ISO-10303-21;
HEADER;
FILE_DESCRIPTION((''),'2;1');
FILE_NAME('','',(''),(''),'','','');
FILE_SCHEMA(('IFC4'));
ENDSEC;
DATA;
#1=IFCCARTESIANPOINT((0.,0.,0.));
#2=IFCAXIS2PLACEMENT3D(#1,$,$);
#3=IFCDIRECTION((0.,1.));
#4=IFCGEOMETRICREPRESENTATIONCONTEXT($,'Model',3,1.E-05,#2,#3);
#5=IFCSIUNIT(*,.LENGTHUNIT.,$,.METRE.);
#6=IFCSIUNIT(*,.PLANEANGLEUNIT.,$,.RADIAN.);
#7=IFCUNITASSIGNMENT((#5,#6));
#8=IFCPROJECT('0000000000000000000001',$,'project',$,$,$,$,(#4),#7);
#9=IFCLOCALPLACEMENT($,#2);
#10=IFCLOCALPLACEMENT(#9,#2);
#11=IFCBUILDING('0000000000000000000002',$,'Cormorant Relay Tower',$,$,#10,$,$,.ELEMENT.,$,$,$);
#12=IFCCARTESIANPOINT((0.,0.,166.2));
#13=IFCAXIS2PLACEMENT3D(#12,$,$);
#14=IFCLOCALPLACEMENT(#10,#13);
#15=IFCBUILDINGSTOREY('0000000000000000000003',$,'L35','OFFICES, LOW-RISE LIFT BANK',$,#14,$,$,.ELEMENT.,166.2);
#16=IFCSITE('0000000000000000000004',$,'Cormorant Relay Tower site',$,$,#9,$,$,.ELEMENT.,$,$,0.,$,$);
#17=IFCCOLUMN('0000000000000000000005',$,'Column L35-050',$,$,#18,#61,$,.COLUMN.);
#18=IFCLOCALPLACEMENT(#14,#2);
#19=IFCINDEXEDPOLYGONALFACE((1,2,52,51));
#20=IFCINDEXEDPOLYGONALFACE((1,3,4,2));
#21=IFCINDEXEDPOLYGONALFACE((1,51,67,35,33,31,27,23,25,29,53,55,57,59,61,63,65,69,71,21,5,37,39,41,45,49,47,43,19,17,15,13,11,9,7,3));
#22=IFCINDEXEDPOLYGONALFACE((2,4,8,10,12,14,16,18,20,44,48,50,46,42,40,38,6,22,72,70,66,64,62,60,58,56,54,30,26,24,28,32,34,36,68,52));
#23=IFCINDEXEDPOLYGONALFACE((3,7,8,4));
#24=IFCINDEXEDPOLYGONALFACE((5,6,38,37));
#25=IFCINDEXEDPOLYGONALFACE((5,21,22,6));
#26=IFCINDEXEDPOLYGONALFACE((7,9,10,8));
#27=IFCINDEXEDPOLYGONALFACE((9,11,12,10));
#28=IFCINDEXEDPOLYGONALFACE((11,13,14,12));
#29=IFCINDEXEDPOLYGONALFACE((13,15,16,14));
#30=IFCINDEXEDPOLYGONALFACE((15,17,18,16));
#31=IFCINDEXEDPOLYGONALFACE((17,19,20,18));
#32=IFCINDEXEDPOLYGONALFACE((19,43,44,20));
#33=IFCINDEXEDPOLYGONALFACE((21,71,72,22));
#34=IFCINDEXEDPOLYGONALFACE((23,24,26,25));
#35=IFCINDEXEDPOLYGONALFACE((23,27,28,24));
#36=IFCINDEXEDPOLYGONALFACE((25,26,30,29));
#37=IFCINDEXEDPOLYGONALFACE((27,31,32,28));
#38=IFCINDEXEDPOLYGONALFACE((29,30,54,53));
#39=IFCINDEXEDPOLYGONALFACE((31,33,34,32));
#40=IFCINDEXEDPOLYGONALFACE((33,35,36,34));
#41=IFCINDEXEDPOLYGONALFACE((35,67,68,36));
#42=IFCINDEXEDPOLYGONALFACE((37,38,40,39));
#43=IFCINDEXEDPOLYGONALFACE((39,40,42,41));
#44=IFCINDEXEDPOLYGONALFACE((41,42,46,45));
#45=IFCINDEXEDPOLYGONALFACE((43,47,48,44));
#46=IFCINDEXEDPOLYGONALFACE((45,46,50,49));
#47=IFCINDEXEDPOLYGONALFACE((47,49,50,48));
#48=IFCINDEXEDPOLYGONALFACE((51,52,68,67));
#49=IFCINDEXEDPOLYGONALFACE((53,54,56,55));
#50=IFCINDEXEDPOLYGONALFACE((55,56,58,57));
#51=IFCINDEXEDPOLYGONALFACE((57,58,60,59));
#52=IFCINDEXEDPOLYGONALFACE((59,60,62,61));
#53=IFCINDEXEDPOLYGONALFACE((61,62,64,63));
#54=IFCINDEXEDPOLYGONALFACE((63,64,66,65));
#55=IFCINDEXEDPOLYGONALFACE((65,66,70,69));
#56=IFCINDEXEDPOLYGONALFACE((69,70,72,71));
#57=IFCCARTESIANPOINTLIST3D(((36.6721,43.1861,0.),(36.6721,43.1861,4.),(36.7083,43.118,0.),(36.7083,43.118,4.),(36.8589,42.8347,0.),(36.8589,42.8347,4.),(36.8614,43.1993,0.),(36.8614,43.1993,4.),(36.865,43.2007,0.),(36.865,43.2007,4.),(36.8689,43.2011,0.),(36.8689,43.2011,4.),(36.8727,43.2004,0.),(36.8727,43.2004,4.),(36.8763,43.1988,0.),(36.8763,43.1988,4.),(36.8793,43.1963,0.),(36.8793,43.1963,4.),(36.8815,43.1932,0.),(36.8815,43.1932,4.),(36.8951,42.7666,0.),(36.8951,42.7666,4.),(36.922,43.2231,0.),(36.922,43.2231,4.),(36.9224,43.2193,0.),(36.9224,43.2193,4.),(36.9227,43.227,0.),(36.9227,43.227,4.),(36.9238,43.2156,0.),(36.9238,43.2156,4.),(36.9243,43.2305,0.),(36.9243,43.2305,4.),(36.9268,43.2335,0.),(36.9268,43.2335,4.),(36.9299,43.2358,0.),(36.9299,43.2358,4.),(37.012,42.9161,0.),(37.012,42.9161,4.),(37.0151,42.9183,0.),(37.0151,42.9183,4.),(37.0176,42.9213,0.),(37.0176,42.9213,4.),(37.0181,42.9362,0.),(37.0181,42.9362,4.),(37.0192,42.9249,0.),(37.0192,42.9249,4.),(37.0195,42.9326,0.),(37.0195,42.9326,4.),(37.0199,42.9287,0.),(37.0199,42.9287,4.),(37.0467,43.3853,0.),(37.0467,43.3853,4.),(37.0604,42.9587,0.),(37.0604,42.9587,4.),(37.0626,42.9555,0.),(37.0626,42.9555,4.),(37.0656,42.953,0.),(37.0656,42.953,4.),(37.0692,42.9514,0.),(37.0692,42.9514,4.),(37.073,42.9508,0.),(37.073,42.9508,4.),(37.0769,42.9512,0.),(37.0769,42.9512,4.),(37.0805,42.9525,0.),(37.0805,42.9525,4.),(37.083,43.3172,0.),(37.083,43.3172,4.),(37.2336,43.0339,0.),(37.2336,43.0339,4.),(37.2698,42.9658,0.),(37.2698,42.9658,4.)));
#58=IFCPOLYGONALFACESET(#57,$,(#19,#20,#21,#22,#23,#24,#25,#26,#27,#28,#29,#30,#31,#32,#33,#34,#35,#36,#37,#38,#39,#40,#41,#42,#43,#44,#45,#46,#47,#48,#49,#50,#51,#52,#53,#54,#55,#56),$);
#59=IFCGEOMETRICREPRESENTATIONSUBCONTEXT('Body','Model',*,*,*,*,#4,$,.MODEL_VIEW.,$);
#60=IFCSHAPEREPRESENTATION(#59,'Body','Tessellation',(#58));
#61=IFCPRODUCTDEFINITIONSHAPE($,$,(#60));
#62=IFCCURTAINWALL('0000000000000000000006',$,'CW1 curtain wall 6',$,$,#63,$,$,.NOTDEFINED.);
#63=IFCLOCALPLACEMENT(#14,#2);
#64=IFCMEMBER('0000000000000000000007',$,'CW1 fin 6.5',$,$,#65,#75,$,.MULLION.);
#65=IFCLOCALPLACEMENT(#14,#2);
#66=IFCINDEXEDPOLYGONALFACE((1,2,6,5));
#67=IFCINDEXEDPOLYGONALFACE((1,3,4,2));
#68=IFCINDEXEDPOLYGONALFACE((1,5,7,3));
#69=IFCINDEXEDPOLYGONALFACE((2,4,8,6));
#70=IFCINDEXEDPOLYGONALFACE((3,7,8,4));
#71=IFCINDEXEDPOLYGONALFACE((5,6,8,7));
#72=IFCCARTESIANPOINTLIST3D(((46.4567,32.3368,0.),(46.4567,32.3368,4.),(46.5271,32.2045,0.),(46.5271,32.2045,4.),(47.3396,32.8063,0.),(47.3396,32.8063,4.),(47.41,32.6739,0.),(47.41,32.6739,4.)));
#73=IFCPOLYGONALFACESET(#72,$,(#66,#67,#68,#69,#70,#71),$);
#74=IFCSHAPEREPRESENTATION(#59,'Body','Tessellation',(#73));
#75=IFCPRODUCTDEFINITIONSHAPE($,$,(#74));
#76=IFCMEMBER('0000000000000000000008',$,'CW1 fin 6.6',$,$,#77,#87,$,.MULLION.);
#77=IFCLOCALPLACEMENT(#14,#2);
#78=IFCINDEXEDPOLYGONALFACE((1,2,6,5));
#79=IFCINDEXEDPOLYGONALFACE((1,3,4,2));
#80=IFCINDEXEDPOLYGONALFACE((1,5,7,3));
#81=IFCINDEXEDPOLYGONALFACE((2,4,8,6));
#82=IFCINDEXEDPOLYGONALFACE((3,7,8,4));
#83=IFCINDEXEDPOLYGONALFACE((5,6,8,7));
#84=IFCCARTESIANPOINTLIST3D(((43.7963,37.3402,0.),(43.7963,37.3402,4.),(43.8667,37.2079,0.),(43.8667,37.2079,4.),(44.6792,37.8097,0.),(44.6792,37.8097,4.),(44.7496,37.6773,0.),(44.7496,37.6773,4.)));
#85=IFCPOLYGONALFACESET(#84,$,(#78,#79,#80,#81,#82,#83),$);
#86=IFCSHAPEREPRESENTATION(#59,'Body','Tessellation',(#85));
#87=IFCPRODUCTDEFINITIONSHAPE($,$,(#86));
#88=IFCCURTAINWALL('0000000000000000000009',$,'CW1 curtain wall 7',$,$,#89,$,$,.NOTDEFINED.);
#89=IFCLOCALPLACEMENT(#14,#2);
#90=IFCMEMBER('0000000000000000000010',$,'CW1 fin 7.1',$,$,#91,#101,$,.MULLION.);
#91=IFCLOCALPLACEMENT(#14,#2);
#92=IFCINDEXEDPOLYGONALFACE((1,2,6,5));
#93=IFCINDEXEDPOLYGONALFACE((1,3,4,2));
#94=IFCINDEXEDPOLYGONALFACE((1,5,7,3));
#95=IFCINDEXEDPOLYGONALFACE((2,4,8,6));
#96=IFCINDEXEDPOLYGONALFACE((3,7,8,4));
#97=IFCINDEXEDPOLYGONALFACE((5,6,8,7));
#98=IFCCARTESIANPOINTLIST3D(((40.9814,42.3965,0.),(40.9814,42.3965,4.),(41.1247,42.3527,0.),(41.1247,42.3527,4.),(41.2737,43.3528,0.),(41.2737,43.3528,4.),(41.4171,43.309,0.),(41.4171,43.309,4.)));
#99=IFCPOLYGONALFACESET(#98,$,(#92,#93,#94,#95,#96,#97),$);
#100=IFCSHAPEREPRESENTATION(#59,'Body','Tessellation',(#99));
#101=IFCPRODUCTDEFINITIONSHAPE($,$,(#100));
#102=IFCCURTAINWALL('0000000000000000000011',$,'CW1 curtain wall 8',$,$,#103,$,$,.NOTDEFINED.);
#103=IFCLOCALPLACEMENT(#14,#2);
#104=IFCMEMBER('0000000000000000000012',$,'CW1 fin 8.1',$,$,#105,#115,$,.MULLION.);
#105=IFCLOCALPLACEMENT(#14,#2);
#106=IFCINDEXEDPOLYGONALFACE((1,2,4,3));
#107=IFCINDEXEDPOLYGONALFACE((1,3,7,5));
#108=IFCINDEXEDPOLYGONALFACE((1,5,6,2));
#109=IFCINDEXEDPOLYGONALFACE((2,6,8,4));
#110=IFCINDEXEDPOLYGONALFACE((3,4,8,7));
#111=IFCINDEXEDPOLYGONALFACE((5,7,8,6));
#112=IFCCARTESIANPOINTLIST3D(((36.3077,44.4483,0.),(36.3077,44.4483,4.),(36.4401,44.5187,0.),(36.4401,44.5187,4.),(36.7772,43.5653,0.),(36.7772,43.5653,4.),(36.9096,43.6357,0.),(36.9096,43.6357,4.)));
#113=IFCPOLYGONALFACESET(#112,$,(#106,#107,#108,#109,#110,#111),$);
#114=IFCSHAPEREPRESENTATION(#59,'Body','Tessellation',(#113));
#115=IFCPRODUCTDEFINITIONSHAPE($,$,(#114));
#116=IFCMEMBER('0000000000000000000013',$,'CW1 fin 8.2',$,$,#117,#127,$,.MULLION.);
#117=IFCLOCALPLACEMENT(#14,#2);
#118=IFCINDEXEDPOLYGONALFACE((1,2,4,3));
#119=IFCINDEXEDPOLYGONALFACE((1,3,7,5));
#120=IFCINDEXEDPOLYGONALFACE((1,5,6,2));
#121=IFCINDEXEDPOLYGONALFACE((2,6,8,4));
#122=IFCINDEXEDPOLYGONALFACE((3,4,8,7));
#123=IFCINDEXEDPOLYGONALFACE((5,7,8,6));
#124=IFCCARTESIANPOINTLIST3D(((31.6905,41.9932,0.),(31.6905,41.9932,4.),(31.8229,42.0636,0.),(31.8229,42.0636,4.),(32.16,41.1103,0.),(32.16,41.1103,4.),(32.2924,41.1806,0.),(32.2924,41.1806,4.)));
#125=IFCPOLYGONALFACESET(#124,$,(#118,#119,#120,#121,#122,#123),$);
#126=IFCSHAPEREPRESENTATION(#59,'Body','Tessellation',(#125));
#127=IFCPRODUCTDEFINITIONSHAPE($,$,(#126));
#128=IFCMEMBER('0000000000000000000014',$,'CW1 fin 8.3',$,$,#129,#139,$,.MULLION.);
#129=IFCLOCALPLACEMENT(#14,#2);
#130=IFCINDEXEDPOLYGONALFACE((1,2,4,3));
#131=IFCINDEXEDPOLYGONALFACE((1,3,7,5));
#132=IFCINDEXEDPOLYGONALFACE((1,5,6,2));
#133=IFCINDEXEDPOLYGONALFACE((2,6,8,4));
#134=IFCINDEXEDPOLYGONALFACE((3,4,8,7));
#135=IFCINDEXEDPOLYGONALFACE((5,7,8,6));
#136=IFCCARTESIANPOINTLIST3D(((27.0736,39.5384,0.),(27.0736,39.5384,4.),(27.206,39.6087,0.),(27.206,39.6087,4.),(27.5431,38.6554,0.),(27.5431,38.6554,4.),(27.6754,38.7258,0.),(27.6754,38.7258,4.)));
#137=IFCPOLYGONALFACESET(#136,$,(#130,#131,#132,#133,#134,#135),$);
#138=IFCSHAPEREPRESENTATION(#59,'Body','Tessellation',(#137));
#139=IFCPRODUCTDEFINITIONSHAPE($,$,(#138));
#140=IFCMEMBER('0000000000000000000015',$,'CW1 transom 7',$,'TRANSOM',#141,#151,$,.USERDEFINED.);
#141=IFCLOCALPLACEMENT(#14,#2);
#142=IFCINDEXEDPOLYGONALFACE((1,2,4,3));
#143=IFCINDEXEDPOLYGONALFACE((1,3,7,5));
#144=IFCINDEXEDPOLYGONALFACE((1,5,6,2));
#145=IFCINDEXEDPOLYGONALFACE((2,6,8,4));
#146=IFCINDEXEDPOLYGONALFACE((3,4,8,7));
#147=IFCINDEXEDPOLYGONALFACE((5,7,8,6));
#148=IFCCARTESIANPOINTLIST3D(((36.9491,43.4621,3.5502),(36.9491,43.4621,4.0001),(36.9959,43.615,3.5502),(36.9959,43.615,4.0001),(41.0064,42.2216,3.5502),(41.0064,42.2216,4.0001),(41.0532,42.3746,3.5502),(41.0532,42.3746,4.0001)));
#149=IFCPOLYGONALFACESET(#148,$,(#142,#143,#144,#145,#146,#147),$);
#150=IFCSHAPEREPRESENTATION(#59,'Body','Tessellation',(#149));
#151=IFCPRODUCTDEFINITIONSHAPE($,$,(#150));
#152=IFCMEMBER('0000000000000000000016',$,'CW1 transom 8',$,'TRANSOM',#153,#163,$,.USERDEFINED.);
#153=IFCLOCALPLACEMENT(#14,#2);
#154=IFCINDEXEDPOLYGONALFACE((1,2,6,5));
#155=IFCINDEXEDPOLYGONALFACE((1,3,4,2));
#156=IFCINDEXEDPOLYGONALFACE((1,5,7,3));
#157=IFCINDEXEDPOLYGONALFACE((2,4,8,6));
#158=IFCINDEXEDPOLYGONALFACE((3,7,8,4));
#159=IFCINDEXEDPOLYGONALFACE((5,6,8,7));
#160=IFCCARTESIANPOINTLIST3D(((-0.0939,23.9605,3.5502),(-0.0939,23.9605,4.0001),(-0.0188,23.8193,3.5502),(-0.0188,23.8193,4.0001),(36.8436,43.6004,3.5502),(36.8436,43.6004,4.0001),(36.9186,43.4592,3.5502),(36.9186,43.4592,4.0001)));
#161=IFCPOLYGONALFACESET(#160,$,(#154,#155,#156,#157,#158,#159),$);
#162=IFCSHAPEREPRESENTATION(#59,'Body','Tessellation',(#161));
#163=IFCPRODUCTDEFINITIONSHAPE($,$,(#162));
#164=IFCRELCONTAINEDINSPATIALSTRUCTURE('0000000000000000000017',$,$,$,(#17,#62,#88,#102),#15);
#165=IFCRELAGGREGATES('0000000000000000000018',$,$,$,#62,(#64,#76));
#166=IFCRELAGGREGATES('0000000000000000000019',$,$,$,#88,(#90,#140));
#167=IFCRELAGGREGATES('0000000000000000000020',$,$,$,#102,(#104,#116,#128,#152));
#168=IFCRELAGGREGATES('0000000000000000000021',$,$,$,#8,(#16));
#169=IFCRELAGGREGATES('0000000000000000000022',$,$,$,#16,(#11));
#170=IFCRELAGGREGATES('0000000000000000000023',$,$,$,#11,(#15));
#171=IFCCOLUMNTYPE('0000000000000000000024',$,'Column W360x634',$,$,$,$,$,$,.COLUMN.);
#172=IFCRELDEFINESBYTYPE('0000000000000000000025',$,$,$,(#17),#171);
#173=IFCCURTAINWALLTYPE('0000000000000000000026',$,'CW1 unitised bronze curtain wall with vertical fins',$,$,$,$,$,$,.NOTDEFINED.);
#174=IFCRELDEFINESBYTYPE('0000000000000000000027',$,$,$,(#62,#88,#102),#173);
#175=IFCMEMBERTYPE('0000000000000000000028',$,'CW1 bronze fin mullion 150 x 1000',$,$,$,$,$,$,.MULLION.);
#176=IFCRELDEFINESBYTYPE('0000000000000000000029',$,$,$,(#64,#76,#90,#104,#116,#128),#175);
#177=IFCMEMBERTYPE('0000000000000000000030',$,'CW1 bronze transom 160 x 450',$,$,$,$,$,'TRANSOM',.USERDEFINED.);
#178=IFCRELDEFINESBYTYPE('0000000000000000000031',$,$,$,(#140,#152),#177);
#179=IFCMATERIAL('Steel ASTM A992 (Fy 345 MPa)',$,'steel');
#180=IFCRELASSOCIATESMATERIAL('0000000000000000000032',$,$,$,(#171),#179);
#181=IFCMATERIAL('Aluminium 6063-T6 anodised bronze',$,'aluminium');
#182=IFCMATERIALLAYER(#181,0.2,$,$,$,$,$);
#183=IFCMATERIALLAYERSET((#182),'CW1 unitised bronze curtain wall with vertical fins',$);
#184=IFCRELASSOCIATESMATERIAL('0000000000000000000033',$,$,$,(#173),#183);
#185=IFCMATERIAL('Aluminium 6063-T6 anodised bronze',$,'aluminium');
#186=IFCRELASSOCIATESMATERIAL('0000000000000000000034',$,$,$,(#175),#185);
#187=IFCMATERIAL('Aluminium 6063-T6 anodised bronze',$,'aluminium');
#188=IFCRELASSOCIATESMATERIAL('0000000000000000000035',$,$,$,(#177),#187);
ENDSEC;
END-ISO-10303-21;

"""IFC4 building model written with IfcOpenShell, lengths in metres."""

from ifc_helpers import new_model, si_unit, direction, frame, origin, origin_2d, place, context, subcontext, project, spatial, rectangle, i_section, extrude, material, layer, layer_set, material_profile, profile_set, type_object, element, aggregate, save


model = new_model("IFC4")

# Units and contexts
model_context = context("Model", 3, precision=1e-05, world=origin(), true_north=direction((0.0, 1.0)))
body_context = subcontext(model_context, "Body", "Model", "MODEL_VIEW")
ifc_project = project(units=[si_unit("LENGTHUNIT", "METRE"), si_unit("PLANEANGLEUNIT", "RADIAN")], contexts=[model_context])

# Site, building, storey
site_placement = place(None, origin())
site = spatial("IfcSite", under=ifc_project, at=site_placement, Name="Cormorant Relay Tower site", CompositionType="ELEMENT", RefElevation=0.0)
building_placement = place(site_placement, origin())
building = spatial("IfcBuilding", under=site, at=building_placement, Name="Cormorant Relay Tower", CompositionType="ELEMENT")
storey_placement = place(building_placement, frame((0.0, 0.0, 166.2)))
storey = spatial("IfcBuildingStorey", under=building, at=storey_placement, Name="L35", Description="OFFICES, LOW-RISE LIFT BANK", CompositionType="ELEMENT", Elevation=166.2)

# Column
ifc_material_1 = material(Name="Steel ASTM A992 (Fy 345 MPa)", Category="steel")
ifc_material_profile_1 = material_profile(ifc_material_1, i_section(OverallWidth=0.4243, OverallDepth=0.4751, WebThickness=0.0479, FlangeThickness=0.0771, FilletRadius=0.0149, at=origin_2d()), Name="W360x634")
ifc_profile_set_1 = profile_set([ifc_material_profile_1], Name="Steel ASTM A992 (Fy 345 MPa)")
column_type_1 = type_object("IfcColumnType", Name="Column W360x634", PredefinedType="COLUMN", material=ifc_profile_set_1)
for number, where, z_axis, x_axis, name in (
    (1, (36.9709, 43.0759, 0.0), (0.0, 0.0, 1.0), (-0.882948, -0.469472, 0.0), "Column L35-050"),
):
    element("IfcColumn", number, at=place(storey_placement, frame(where, z_axis=z_axis, x_axis=x_axis)), inside=storey, type_object=column_type_1, Name=name, PredefinedType="COLUMN", context=body_context, shape_type="SweptSolid", body=[
        extrude(i_section(OverallWidth=0.4243, OverallDepth=0.4751, WebThickness=0.0479, FlangeThickness=0.0771, FilletRadius=0.0149, at=origin_2d()), origin(), (0.0, 0.0, 1.0), 4.0),
    ])

# Curtain wall, members
ifc_material_2 = material(Name="Aluminium 6063-T6 anodised bronze", Category="aluminium")
ifc_layer_1 = layer(ifc_material_2, 0.2)
ifc_layer_set_1 = layer_set([ifc_layer_1], Name="CW1 unitised bronze curtain wall with vertical fins")
curtain_wall_type = type_object("IfcCurtainWallType", Name="CW1 unitised bronze curtain wall with vertical fins", PredefinedType="NOTDEFINED", material=ifc_layer_set_1)
curtain_wall_1_placement = place(storey_placement, origin())
curtain_wall_1 = element("IfcCurtainWall", 2, at=curtain_wall_1_placement, inside=storey, type_object=curtain_wall_type, Name="CW1 curtain wall 6", PredefinedType="NOTDEFINED")
ifc_material_3 = material(Name="Aluminium 6063-T6 anodised bronze", Category="aluminium")
ifc_material_profile_2 = material_profile(ifc_material_3, rectangle(XDim=0.1499, YDim=1.0, at=origin_2d()), Name="AL 150x1000")
ifc_profile_set_2 = profile_set([ifc_material_profile_2], Name="Aluminium 6063-T6 anodised bronze")
member_type_1 = type_object("IfcMemberType", Name="CW1 bronze fin mullion 150 x 1000", PredefinedType="MULLION", material=ifc_profile_set_2)
member_1_placement = place(storey_placement, frame((46.9333, 32.5054, 0.0), z_axis=(0.0, 0.0, 1.0), x_axis=(-0.469472, 0.882948, 0.0)))
member_1 = element("IfcMember", 3, at=member_1_placement, type_object=member_type_1, Name="CW1 fin 6.5", PredefinedType="MULLION", context=body_context, shape_type="SweptSolid", body=[
    extrude(rectangle(XDim=0.1499, YDim=1.0, at=origin_2d()), origin(), (0.0, 0.0, 1.0), 4.0),
])
member_2_placement = place(storey_placement, frame((44.2729, 37.5088, 0.0), z_axis=(0.0, 0.0, 1.0), x_axis=(-0.469472, 0.882948, 0.0)))
member_2 = element("IfcMember", 4, at=member_2_placement, type_object=member_type_1, Name="CW1 fin 6.6", PredefinedType="MULLION", context=body_context, shape_type="SweptSolid", body=[
    extrude(rectangle(XDim=0.1499, YDim=1.0, at=origin_2d()), origin(), (0.0, 0.0, 1.0), 4.0),
])

# Curtain wall, member
curtain_wall_2_placement = place(storey_placement, origin())
curtain_wall_2 = element("IfcCurtainWall", 5, at=curtain_wall_2_placement, inside=storey, type_object=curtain_wall_type, Name="CW1 curtain wall 7", PredefinedType="NOTDEFINED")
member_3_placement = place(storey_placement, frame((41.1992, 42.8528, 0.0), z_axis=(0.0, 0.0, 1.0), x_axis=(-0.956305, 0.292372, 0.0)))
member_3 = element("IfcMember", 6, at=member_3_placement, type_object=member_type_1, Name="CW1 fin 7.1", PredefinedType="MULLION", context=body_context, shape_type="SweptSolid", body=[
    extrude(rectangle(XDim=0.1499, YDim=1.0, at=origin_2d()), origin(), (0.0, 0.0, 1.0), 4.0),
])

# Curtain wall, members
curtain_wall_3_placement = place(storey_placement, origin())
curtain_wall_3 = element("IfcCurtainWall", 7, at=curtain_wall_3_placement, inside=storey, type_object=curtain_wall_type, Name="CW1 curtain wall 8", PredefinedType="NOTDEFINED")
member_4_placement = place(storey_placement, frame((36.6086, 44.042, 0.0), z_axis=(0.0, 0.0, 1.0), x_axis=(-0.882948, -0.469472, 0.0)))
member_4 = element("IfcMember", 8, at=member_4_placement, type_object=member_type_1, Name="CW1 fin 8.1", PredefinedType="MULLION", context=body_context, shape_type="SweptSolid", body=[
    extrude(rectangle(XDim=0.1499, YDim=1.0, at=origin_2d()), origin(), (0.0, 0.0, 1.0), 4.0),
])
member_5_placement = place(storey_placement, frame((31.9915, 41.5869, 0.0), z_axis=(0.0, 0.0, 1.0), x_axis=(-0.882948, -0.469472, 0.0)))
member_5 = element("IfcMember", 9, at=member_5_placement, type_object=member_type_1, Name="CW1 fin 8.2", PredefinedType="MULLION", context=body_context, shape_type="SweptSolid", body=[
    extrude(rectangle(XDim=0.1499, YDim=1.0, at=origin_2d()), origin(), (0.0, 0.0, 1.0), 4.0),
])
member_6_placement = place(storey_placement, frame((27.3745, 39.1321, 0.0), z_axis=(0.0, 0.0, 1.0), x_axis=(-0.882948, -0.469472, 0.0)))
member_6 = element("IfcMember", 10, at=member_6_placement, type_object=member_type_1, Name="CW1 fin 8.3", PredefinedType="MULLION", context=body_context, shape_type="SweptSolid", body=[
    extrude(rectangle(XDim=0.1499, YDim=1.0, at=origin_2d()), origin(), (0.0, 0.0, 1.0), 4.0),
])

# Members
ifc_material_4 = material(Name="Aluminium 6063-T6 anodised bronze", Category="aluminium")
ifc_material_profile_3 = material_profile(ifc_material_4, rectangle(XDim=0.1599, YDim=0.45, at=origin_2d()), Name="AL 160x450")
ifc_profile_set_3 = profile_set([ifc_material_profile_3], Name="Aluminium 6063-T6 anodised bronze")
member_type_2 = type_object("IfcMemberType", Name="CW1 bronze transom 160 x 450", ElementType="TRANSOM", PredefinedType="USERDEFINED", material=ifc_profile_set_3)
member_7_placement = place(storey_placement, frame((41.0298, 42.2981, 3.7751), z_axis=(-0.956304, 0.292375, 0.0), x_axis=(-0.292375, -0.956304, 0.0)))
member_7 = element("IfcMember", 11, at=member_7_placement, type_object=member_type_2, Name="CW1 transom 7", ObjectType="TRANSOM", PredefinedType="USERDEFINED", context=body_context, shape_type="SweptSolid", body=[
    extrude(rectangle(XDim=0.1599, YDim=0.45, at=origin_2d()), origin(), (0.0, 0.0, 1.0), 4.2427),
])
member_8_placement = place(storey_placement, frame((36.8811, 43.5298, 3.7751), z_axis=(-0.882949, -0.469469, 0.0), x_axis=(0.469469, -0.882949, 0.0)))
member_8 = element("IfcMember", 12, at=member_8_placement, type_object=member_type_2, Name="CW1 transom 8", ObjectType="TRANSOM", PredefinedType="USERDEFINED", context=body_context, shape_type="SweptSolid", body=[
    extrude(rectangle(XDim=0.1599, YDim=0.45, at=origin_2d()), origin(), (0.0, 0.0, 1.0), 41.8342),
])

aggregate(curtain_wall_1, [member_1, member_2])
aggregate(curtain_wall_2, [member_3, member_7])
aggregate(curtain_wall_3, [member_4, member_5, member_6, member_8])

save(model, "model.ifc")
